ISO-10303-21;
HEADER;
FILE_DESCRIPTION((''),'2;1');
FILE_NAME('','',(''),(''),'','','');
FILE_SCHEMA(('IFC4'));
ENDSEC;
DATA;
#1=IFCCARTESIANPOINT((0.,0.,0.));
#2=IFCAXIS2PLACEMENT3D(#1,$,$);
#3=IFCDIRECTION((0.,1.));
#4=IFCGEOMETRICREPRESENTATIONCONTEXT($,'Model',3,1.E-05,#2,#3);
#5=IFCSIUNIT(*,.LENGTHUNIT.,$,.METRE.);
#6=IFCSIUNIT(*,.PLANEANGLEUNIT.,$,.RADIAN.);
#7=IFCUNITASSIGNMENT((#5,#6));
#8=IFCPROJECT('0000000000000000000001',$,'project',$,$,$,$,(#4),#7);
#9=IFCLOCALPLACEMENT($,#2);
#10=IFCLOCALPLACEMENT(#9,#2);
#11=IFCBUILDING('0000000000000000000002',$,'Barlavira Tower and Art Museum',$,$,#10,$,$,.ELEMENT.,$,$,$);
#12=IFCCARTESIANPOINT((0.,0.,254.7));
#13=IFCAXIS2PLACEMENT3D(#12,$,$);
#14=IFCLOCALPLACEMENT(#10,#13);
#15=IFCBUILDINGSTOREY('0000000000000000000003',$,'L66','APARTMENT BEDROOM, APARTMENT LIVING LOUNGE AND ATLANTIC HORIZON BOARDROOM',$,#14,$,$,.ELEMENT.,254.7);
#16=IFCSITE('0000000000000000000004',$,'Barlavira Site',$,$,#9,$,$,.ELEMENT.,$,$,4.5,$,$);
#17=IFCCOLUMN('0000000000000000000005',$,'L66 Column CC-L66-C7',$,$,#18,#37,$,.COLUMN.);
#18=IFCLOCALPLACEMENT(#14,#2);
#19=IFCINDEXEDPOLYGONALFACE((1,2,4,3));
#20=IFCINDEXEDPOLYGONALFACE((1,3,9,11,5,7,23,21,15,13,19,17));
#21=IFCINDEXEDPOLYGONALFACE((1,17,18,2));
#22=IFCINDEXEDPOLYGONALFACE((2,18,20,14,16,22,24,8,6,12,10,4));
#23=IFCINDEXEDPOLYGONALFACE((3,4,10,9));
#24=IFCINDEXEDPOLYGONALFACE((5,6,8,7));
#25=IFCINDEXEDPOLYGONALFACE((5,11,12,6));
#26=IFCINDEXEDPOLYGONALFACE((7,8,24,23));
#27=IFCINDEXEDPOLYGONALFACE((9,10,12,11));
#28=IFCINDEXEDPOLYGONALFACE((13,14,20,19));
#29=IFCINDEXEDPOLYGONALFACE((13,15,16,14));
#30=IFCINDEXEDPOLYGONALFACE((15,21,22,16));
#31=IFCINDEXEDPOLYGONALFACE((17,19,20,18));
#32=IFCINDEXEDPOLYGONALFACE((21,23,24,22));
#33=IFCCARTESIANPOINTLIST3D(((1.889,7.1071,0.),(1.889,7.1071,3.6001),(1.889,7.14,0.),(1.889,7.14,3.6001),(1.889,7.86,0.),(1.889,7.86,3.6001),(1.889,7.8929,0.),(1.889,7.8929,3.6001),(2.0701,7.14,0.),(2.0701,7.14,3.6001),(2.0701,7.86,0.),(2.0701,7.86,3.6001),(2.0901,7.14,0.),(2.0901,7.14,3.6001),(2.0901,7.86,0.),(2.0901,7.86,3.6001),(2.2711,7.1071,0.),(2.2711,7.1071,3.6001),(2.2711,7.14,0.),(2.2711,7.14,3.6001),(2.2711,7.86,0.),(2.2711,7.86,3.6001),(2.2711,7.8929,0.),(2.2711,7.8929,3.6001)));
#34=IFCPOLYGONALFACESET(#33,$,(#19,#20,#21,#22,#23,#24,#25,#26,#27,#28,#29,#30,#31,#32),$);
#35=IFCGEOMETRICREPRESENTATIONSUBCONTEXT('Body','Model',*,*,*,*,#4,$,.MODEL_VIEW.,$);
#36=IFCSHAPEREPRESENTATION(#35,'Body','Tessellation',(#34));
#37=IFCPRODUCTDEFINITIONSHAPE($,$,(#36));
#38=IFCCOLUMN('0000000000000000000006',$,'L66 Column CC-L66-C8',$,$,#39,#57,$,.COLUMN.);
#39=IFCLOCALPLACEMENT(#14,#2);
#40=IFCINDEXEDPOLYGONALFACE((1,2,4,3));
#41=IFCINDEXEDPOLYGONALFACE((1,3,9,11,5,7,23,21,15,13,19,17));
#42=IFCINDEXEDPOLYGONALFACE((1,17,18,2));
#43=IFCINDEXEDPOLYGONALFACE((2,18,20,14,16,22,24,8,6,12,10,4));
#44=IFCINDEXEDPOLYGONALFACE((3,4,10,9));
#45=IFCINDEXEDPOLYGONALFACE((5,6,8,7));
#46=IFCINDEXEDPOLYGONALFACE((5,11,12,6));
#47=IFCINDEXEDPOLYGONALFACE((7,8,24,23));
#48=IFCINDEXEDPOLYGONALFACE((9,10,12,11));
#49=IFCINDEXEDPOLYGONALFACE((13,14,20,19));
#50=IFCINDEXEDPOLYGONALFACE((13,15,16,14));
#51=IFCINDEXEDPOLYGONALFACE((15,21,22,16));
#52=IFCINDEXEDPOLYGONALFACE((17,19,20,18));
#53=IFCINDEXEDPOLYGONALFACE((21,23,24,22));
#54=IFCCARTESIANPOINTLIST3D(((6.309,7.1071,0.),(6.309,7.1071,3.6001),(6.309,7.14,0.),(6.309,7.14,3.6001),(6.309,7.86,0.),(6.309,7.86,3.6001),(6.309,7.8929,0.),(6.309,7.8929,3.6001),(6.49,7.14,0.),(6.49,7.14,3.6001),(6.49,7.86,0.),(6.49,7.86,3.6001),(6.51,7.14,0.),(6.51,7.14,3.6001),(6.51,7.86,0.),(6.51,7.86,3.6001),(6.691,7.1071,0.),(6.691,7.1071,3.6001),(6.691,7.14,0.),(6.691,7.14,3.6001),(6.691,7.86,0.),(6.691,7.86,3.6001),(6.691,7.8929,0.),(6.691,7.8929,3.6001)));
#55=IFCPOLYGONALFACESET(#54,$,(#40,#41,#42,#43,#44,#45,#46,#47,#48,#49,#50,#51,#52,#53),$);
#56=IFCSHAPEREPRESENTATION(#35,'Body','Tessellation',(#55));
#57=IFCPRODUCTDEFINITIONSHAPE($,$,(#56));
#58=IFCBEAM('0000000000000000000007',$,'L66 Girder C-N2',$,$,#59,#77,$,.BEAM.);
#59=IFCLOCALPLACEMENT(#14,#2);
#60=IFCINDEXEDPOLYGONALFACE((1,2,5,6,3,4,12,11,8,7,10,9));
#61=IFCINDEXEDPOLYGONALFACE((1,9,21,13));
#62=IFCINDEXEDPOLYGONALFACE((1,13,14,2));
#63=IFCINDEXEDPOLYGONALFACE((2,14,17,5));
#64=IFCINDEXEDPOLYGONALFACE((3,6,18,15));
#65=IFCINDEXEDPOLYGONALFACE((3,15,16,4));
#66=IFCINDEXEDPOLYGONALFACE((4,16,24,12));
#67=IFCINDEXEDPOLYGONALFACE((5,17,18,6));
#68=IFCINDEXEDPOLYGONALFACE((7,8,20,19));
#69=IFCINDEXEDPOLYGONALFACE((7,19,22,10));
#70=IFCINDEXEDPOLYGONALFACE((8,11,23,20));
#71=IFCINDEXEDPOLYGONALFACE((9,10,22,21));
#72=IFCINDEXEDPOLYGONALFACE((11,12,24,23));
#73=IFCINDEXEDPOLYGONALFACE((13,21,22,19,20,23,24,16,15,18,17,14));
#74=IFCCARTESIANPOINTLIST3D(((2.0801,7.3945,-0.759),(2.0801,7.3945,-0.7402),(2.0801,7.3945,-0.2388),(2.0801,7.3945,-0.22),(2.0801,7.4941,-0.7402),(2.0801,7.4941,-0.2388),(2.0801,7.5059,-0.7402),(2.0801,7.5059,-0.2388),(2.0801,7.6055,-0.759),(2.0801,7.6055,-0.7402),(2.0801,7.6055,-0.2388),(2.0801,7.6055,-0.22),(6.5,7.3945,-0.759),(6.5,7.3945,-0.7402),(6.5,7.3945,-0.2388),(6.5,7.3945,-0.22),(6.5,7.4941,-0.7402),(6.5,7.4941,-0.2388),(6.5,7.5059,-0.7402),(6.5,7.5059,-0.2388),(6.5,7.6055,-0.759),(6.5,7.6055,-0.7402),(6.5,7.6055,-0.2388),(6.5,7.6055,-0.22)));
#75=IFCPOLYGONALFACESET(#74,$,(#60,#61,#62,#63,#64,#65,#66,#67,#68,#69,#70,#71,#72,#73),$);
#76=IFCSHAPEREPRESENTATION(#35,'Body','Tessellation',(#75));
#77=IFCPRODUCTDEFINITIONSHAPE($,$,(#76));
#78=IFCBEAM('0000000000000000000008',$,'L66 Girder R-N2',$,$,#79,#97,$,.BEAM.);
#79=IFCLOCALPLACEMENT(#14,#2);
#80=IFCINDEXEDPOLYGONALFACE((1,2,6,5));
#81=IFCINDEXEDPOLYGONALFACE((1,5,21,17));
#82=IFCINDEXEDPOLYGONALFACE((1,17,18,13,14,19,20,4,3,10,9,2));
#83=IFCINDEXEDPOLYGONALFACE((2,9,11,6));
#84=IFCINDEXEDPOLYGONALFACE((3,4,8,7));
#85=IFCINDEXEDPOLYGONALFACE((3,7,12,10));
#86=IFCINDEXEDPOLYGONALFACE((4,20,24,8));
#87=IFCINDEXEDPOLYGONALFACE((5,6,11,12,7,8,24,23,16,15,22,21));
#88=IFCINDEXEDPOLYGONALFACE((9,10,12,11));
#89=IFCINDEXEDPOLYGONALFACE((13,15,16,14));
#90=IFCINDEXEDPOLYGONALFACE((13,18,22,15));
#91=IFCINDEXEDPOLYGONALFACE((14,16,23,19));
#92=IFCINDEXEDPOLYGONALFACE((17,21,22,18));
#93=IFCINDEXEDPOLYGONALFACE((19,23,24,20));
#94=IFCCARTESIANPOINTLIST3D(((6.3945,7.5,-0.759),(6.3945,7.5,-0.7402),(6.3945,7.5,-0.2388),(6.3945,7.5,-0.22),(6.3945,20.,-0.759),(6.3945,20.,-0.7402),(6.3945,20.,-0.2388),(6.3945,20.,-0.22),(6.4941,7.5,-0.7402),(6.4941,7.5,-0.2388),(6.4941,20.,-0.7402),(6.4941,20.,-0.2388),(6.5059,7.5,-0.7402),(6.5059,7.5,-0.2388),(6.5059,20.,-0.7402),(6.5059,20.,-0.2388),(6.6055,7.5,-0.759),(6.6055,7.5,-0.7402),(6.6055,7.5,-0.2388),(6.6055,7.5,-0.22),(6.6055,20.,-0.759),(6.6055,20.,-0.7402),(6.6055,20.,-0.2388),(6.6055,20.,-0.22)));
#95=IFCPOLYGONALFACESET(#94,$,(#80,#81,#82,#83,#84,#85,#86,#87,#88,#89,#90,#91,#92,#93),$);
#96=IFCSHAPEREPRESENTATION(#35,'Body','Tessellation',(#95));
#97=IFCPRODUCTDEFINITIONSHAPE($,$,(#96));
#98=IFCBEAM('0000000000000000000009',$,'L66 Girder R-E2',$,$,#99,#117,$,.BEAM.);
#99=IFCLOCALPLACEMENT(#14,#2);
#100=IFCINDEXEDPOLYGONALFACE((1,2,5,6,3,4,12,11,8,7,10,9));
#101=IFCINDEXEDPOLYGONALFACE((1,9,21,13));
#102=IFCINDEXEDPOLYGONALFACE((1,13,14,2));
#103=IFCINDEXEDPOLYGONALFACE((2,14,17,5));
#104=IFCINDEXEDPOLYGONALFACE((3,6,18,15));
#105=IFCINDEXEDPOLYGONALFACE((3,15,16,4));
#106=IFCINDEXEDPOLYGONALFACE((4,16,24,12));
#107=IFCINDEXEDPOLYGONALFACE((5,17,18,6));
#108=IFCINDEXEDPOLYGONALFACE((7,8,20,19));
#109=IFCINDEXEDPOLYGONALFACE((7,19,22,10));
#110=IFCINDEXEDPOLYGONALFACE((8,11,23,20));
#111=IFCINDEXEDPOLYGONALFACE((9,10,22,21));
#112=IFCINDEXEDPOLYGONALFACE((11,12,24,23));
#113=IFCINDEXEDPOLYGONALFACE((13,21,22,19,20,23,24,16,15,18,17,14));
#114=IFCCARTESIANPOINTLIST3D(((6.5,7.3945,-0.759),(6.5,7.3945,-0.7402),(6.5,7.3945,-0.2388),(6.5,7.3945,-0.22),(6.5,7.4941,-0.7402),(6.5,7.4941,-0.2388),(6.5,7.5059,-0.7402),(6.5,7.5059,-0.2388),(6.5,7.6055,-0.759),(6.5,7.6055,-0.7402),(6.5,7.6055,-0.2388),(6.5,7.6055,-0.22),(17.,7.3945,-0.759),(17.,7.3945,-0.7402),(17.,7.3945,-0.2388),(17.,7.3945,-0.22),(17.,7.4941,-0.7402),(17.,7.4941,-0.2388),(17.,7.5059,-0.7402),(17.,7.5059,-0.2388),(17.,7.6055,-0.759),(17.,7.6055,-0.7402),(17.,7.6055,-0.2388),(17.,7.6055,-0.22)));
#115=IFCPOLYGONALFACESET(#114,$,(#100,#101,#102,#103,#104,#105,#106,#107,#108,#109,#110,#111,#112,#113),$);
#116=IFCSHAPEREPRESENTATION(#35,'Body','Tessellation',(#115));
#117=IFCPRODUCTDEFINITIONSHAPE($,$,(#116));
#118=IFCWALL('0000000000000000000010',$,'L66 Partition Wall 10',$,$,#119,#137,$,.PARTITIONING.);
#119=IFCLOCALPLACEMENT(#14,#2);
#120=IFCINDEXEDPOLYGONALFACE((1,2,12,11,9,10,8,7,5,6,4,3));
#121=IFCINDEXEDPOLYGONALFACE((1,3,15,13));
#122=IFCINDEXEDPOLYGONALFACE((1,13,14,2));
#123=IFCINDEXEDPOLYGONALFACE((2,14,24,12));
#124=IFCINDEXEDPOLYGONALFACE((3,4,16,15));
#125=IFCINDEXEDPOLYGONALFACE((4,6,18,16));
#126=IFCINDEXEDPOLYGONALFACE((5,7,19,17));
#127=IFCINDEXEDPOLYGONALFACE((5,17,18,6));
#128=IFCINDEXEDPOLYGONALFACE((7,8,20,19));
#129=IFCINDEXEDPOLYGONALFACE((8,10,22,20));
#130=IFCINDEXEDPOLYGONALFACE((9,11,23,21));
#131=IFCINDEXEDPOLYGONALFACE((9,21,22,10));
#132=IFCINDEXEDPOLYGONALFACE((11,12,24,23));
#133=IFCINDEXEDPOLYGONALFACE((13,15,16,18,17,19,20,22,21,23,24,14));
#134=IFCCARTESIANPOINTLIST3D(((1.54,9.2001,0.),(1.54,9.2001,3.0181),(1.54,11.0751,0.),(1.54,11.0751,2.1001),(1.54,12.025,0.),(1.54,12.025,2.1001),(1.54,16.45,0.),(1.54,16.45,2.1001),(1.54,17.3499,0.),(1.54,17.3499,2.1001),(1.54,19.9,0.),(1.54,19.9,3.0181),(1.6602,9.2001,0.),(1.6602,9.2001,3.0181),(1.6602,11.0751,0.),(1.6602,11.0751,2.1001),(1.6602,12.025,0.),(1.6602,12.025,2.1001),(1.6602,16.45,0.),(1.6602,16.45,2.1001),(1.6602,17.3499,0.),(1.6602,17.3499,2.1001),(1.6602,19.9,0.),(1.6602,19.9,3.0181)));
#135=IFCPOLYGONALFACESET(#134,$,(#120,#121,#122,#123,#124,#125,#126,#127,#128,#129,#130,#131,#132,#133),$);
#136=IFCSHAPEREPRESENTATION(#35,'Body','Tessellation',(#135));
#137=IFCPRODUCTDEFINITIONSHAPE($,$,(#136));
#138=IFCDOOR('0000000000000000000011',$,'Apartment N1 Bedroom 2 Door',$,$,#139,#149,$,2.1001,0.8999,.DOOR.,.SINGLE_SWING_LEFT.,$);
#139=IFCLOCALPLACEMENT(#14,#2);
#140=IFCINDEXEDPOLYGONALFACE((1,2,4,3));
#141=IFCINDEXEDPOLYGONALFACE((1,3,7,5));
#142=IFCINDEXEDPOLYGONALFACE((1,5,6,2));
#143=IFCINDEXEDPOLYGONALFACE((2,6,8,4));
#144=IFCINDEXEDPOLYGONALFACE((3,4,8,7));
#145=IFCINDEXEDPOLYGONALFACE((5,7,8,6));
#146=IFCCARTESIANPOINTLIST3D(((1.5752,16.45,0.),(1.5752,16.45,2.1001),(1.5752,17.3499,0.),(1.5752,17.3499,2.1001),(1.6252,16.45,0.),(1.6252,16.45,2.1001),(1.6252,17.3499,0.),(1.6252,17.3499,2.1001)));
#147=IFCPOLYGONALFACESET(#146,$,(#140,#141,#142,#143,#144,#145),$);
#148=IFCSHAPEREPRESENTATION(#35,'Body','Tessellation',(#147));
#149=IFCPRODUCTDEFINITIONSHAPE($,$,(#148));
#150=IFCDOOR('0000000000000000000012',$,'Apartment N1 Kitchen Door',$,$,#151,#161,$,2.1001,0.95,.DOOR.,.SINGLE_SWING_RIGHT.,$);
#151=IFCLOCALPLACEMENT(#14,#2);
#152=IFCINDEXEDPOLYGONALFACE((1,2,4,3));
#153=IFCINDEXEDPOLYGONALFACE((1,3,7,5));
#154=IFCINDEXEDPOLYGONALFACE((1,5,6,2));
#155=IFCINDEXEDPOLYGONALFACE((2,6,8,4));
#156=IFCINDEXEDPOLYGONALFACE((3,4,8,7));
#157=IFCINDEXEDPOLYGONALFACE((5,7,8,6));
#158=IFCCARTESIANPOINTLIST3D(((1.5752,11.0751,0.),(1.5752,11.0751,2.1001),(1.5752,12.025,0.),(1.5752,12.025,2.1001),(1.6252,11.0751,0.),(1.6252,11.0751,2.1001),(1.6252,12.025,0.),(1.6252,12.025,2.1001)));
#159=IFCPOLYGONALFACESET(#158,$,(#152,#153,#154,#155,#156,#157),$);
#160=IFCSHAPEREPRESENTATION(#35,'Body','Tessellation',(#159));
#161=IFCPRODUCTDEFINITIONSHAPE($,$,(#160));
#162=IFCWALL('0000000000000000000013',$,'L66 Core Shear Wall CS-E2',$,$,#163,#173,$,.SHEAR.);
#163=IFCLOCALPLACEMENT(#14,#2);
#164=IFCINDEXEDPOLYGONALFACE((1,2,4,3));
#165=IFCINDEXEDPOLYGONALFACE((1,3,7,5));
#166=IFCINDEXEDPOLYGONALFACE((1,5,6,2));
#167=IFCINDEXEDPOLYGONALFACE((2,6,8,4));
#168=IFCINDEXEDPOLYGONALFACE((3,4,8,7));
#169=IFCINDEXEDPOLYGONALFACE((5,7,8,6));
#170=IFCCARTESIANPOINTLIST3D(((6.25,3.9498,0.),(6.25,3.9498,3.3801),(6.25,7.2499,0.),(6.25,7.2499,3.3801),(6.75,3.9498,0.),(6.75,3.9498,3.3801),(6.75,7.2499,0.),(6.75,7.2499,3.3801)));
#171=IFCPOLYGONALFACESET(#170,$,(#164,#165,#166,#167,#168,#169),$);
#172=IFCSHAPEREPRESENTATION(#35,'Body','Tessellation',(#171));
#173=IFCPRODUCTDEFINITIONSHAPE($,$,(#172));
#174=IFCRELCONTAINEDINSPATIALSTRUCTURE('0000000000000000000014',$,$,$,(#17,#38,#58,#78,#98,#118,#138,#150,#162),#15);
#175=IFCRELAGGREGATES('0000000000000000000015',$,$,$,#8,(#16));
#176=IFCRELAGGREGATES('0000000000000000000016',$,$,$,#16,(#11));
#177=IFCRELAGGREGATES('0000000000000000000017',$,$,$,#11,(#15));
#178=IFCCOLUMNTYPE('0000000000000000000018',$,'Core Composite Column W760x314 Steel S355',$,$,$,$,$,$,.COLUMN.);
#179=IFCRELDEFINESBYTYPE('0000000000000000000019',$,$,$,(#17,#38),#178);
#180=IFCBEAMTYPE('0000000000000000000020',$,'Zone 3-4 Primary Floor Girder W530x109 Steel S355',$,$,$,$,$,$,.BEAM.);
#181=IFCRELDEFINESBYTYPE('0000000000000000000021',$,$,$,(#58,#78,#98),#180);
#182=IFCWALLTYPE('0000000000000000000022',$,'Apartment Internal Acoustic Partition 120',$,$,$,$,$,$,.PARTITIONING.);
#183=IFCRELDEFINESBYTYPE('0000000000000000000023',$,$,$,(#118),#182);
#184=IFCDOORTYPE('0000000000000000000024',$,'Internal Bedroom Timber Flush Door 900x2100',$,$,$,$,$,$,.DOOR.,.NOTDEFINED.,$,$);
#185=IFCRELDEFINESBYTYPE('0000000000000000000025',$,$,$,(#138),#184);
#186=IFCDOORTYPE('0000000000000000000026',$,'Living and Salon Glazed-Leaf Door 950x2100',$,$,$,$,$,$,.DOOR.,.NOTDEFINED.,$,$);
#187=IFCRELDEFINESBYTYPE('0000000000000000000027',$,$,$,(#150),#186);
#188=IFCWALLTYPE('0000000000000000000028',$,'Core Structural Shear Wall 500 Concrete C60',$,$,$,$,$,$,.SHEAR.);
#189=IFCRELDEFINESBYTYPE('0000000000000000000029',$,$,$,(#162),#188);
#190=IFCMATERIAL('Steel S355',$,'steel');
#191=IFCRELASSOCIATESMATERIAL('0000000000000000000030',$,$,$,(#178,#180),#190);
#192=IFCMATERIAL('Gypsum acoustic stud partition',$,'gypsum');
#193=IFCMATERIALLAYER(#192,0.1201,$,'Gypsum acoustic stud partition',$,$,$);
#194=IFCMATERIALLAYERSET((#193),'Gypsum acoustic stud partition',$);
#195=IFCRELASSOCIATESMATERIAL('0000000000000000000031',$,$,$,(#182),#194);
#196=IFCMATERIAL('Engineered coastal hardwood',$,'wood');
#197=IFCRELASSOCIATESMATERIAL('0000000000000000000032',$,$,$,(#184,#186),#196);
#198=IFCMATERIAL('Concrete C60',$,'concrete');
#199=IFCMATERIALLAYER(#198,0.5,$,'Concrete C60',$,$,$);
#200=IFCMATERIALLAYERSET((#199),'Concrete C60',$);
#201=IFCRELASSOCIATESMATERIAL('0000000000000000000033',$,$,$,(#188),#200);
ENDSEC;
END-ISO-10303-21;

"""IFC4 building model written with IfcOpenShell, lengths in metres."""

from ifc_helpers import new_model, si_unit, direction, frame, frame_2d, origin, origin_2d, place, context, subcontext, project, spatial, rectangle, i_section, extrude, material, layer, layer_set, material_profile, profile_set, type_object, element, fill, save


model = new_model("IFC4")

# Units and contexts
model_context = context("Model", 3, precision=1e-05, world=origin(), true_north=direction((0.0, 1.0)))
body_context = subcontext(model_context, "Body", "Model", "MODEL_VIEW")
ifc_project = project(units=[si_unit("LENGTHUNIT", "METRE"), si_unit("PLANEANGLEUNIT", "RADIAN")], contexts=[model_context])

# Site, building, storey
site_placement = place(None, origin())
site = spatial("IfcSite", under=ifc_project, at=site_placement, Name="Barlavira Site", CompositionType="ELEMENT", RefElevation=4.5)
building_placement = place(site_placement, origin())
building = spatial("IfcBuilding", under=site, at=building_placement, Name="Barlavira Tower and Art Museum", CompositionType="ELEMENT")
storey_placement = place(building_placement, frame((0.0, 0.0, 254.7)))
storey = spatial("IfcBuildingStorey", under=building, at=storey_placement, Name="L66", Description="APARTMENT BEDROOM, APARTMENT LIVING LOUNGE AND ATLANTIC HORIZON BOARDROOM", CompositionType="ELEMENT", Elevation=254.7)

# Columns
ifc_material_1 = material(Name="Steel S355", Category="steel")
ifc_material_profile_1 = material_profile(ifc_material_1, i_section(OverallWidth=0.3821, OverallDepth=0.7859, WebThickness=0.02, FlangeThickness=0.033, at=origin_2d()), Name="W760x314.0")
ifc_profile_set_1 = profile_set([ifc_material_profile_1], Name="Steel S355")
column_type = type_object("IfcColumnType", Name="Core Composite Column W760x314 Steel S355", PredefinedType="COLUMN", material=ifc_profile_set_1)
for number, where, z_axis, x_axis, name in (
    (1, (2.0801, 7.5, 0.0), (0.0, 0.0, 1.0), (1.0, 0.0, 0.0), "L66 Column CC-L66-C7"),
    (2, (6.5, 7.5, 0.0), (0.0, 0.0, 1.0), (1.0, 0.0, 0.0), "L66 Column CC-L66-C8"),
):
    element("IfcColumn", number, at=place(storey_placement, frame(where, z_axis=z_axis, x_axis=x_axis)), inside=storey, type_object=column_type, Name=name, PredefinedType="COLUMN", context=body_context, shape_type="SweptSolid", body=[
        extrude(i_section(OverallWidth=0.3821, OverallDepth=0.7859, WebThickness=0.02, FlangeThickness=0.033, at=origin_2d()), origin(), (0.0, 0.0, 1.0), 3.6001),
    ])

# Beams
ifc_material_profile_2 = material_profile(ifc_material_1, i_section(OverallWidth=0.2109, OverallDepth=0.5391, WebThickness=0.0117, FlangeThickness=0.0188, at=origin_2d()), Name="W530x109.0")
ifc_profile_set_2 = profile_set([ifc_material_profile_2], Name="Steel S355")
beam_type = type_object("IfcBeamType", Name="Zone 3-4 Primary Floor Girder W530x109 Steel S355", PredefinedType="BEAM", material=ifc_profile_set_2)
beam_1_placement = place(storey_placement, frame((2.0801, 7.5, -0.4895), z_axis=(1.0, 0.0, 0.0), x_axis=(0.0, 1.0, 0.0)))
element("IfcBeam", 3, at=beam_1_placement, inside=storey, type_object=beam_type, Name="L66 Girder C-N2", PredefinedType="BEAM", context=body_context, shape_type="SweptSolid", body=[
    extrude(i_section(OverallWidth=0.2109, OverallDepth=0.5391, WebThickness=0.0117, FlangeThickness=0.0188, at=origin_2d()), origin(), (0.0, 0.0, 1.0), 4.4199),
])
beam_2_placement = place(storey_placement, frame((6.5, 7.5, -0.4895), z_axis=(0.0, 1.0, 0.0), x_axis=(-1.0, 0.0, 0.0)))
element("IfcBeam", 4, at=beam_2_placement, inside=storey, type_object=beam_type, Name="L66 Girder R-N2", PredefinedType="BEAM", context=body_context, shape_type="SweptSolid", body=[
    extrude(i_section(OverallWidth=0.2109, OverallDepth=0.5391, WebThickness=0.0117, FlangeThickness=0.0188, at=origin_2d()), origin(), (0.0, 0.0, 1.0), 12.5),
])
beam_3_placement = place(storey_placement, frame((6.5, 7.5, -0.4895), z_axis=(1.0, 0.0, 0.0), x_axis=(0.0, 1.0, 0.0)))
element("IfcBeam", 5, at=beam_3_placement, inside=storey, type_object=beam_type, Name="L66 Girder R-E2", PredefinedType="BEAM", context=body_context, shape_type="SweptSolid", body=[
    extrude(i_section(OverallWidth=0.2109, OverallDepth=0.5391, WebThickness=0.0117, FlangeThickness=0.0188, at=origin_2d()), origin(), (0.0, 0.0, 1.0), 10.5),
])

# Wall, openings, doors
ifc_material_2 = material(Name="Gypsum acoustic stud partition", Category="gypsum")
ifc_layer_1 = layer(ifc_material_2, 0.1201, Name="Gypsum acoustic stud partition")
ifc_layer_set_1 = layer_set([ifc_layer_1], Name="Gypsum acoustic stud partition")
wall_type_1 = type_object("IfcWallType", Name="Apartment Internal Acoustic Partition 120", PredefinedType="PARTITIONING", material=ifc_layer_set_1)
wall_1_placement = place(storey_placement, frame((1.6001, 9.2, 0.0), z_axis=(0.0, 0.0, 1.0), x_axis=(0.0, 1.0, 0.0)))
wall_1 = element("IfcWall", 6, at=wall_1_placement, inside=storey, type_object=wall_type_1, Name="L66 Partition Wall 10", PredefinedType="PARTITIONING", context=body_context, shape_type="SweptSolid", body=[
    extrude(rectangle(XDim=10.7, YDim=0.1201, at=frame_2d((5.3501, 0.0))), origin(), (0.0, 0.0, 1.0), 3.0181),
])
opening_1_placement = place(wall_1_placement, frame((1.875, 0.0, 0.0)))
opening_1 = element("IfcOpeningElement", 7, at=opening_1_placement, cuts=wall_1, PredefinedType="OPENING", context=body_context, shape_type="SweptSolid", body=[
    extrude(rectangle(XDim=0.95, YDim=2.1001, at=frame_2d((0.4751, 1.05))), frame((0.0, 0.0701, 0.0), z_axis=(0.0, -1.0, 0.0), x_axis=(1.0, 0.0, 0.0)), (0.0, 0.0, 1.0), 0.1401),
])
opening_2_placement = place(wall_1_placement, frame((7.25, 0.0, 0.0)))
opening_2 = element("IfcOpeningElement", 8, at=opening_2_placement, cuts=wall_1, PredefinedType="OPENING", context=body_context, shape_type="SweptSolid", body=[
    extrude(rectangle(XDim=0.8999, YDim=2.1001, at=frame_2d((0.45, 1.05))), frame((0.0, 0.0701, 0.0), z_axis=(0.0, -1.0, 0.0), x_axis=(1.0, 0.0, 0.0)), (0.0, 0.0, 1.0), 0.1401),
])
ifc_material_3 = material(Name="Engineered coastal hardwood", Category="wood")
door_type_1 = type_object("IfcDoorType", Name="Internal Bedroom Timber Flush Door 900x2100", OperationType="NOTDEFINED", PredefinedType="DOOR", material=ifc_material_3)
door_1_placement = place(opening_2_placement, origin())
door_1 = element("IfcDoor", 9, at=door_1_placement, inside=storey, type_object=door_type_1, Name="Apartment N1 Bedroom 2 Door", OperationType="SINGLE_SWING_LEFT", OverallHeight=2.1001, OverallWidth=0.8999, PredefinedType="DOOR", context=body_context, shape_type="SweptSolid", body=[
    extrude(rectangle(XDim=0.8999, YDim=2.1001, at=frame_2d((0.45, 1.05))), frame((0.0, 0.0249, 0.0), z_axis=(0.0, -1.0, 0.0), x_axis=(1.0, 0.0, 0.0)), (0.0, 0.0, 1.0), 0.05),
])
fill(opening_2, door_1)
door_type_2 = type_object("IfcDoorType", Name="Living and Salon Glazed-Leaf Door 950x2100", OperationType="NOTDEFINED", PredefinedType="DOOR", material=ifc_material_3)
door_2_placement = place(opening_1_placement, origin())
door_2 = element("IfcDoor", 10, at=door_2_placement, inside=storey, type_object=door_type_2, Name="Apartment N1 Kitchen Door", OperationType="SINGLE_SWING_RIGHT", OverallHeight=2.1001, OverallWidth=0.95, PredefinedType="DOOR", context=body_context, shape_type="SweptSolid", body=[
    extrude(rectangle(XDim=0.95, YDim=2.1001, at=frame_2d((0.4751, 1.05))), frame((0.0, 0.0249, 0.0), z_axis=(0.0, -1.0, 0.0), x_axis=(1.0, 0.0, 0.0)), (0.0, 0.0, 1.0), 0.05),
])
fill(opening_1, door_2)

# Wall
ifc_material_4 = material(Name="Concrete C60", Category="concrete")
ifc_layer_2 = layer(ifc_material_4, 0.5, Name="Concrete C60")
ifc_layer_set_2 = layer_set([ifc_layer_2], Name="Concrete C60")
wall_type_2 = type_object("IfcWallType", Name="Core Structural Shear Wall 500 Concrete C60", PredefinedType="SHEAR", material=ifc_layer_set_2)
wall_2_placement = place(storey_placement, frame((6.5, 3.95, 0.0), z_axis=(0.0, 0.0, 1.0), x_axis=(0.0, 1.0, 0.0)))
element("IfcWall", 11, at=wall_2_placement, inside=storey, type_object=wall_type_2, Name="L66 Core Shear Wall CS-E2", PredefinedType="SHEAR", context=body_context, shape_type="SweptSolid", body=[
    extrude(rectangle(XDim=3.3, YDim=0.5, at=frame_2d((1.6499, 0.0))), origin(), (0.0, 0.0, 1.0), 3.3801),
])

save(model, "model.ifc")
